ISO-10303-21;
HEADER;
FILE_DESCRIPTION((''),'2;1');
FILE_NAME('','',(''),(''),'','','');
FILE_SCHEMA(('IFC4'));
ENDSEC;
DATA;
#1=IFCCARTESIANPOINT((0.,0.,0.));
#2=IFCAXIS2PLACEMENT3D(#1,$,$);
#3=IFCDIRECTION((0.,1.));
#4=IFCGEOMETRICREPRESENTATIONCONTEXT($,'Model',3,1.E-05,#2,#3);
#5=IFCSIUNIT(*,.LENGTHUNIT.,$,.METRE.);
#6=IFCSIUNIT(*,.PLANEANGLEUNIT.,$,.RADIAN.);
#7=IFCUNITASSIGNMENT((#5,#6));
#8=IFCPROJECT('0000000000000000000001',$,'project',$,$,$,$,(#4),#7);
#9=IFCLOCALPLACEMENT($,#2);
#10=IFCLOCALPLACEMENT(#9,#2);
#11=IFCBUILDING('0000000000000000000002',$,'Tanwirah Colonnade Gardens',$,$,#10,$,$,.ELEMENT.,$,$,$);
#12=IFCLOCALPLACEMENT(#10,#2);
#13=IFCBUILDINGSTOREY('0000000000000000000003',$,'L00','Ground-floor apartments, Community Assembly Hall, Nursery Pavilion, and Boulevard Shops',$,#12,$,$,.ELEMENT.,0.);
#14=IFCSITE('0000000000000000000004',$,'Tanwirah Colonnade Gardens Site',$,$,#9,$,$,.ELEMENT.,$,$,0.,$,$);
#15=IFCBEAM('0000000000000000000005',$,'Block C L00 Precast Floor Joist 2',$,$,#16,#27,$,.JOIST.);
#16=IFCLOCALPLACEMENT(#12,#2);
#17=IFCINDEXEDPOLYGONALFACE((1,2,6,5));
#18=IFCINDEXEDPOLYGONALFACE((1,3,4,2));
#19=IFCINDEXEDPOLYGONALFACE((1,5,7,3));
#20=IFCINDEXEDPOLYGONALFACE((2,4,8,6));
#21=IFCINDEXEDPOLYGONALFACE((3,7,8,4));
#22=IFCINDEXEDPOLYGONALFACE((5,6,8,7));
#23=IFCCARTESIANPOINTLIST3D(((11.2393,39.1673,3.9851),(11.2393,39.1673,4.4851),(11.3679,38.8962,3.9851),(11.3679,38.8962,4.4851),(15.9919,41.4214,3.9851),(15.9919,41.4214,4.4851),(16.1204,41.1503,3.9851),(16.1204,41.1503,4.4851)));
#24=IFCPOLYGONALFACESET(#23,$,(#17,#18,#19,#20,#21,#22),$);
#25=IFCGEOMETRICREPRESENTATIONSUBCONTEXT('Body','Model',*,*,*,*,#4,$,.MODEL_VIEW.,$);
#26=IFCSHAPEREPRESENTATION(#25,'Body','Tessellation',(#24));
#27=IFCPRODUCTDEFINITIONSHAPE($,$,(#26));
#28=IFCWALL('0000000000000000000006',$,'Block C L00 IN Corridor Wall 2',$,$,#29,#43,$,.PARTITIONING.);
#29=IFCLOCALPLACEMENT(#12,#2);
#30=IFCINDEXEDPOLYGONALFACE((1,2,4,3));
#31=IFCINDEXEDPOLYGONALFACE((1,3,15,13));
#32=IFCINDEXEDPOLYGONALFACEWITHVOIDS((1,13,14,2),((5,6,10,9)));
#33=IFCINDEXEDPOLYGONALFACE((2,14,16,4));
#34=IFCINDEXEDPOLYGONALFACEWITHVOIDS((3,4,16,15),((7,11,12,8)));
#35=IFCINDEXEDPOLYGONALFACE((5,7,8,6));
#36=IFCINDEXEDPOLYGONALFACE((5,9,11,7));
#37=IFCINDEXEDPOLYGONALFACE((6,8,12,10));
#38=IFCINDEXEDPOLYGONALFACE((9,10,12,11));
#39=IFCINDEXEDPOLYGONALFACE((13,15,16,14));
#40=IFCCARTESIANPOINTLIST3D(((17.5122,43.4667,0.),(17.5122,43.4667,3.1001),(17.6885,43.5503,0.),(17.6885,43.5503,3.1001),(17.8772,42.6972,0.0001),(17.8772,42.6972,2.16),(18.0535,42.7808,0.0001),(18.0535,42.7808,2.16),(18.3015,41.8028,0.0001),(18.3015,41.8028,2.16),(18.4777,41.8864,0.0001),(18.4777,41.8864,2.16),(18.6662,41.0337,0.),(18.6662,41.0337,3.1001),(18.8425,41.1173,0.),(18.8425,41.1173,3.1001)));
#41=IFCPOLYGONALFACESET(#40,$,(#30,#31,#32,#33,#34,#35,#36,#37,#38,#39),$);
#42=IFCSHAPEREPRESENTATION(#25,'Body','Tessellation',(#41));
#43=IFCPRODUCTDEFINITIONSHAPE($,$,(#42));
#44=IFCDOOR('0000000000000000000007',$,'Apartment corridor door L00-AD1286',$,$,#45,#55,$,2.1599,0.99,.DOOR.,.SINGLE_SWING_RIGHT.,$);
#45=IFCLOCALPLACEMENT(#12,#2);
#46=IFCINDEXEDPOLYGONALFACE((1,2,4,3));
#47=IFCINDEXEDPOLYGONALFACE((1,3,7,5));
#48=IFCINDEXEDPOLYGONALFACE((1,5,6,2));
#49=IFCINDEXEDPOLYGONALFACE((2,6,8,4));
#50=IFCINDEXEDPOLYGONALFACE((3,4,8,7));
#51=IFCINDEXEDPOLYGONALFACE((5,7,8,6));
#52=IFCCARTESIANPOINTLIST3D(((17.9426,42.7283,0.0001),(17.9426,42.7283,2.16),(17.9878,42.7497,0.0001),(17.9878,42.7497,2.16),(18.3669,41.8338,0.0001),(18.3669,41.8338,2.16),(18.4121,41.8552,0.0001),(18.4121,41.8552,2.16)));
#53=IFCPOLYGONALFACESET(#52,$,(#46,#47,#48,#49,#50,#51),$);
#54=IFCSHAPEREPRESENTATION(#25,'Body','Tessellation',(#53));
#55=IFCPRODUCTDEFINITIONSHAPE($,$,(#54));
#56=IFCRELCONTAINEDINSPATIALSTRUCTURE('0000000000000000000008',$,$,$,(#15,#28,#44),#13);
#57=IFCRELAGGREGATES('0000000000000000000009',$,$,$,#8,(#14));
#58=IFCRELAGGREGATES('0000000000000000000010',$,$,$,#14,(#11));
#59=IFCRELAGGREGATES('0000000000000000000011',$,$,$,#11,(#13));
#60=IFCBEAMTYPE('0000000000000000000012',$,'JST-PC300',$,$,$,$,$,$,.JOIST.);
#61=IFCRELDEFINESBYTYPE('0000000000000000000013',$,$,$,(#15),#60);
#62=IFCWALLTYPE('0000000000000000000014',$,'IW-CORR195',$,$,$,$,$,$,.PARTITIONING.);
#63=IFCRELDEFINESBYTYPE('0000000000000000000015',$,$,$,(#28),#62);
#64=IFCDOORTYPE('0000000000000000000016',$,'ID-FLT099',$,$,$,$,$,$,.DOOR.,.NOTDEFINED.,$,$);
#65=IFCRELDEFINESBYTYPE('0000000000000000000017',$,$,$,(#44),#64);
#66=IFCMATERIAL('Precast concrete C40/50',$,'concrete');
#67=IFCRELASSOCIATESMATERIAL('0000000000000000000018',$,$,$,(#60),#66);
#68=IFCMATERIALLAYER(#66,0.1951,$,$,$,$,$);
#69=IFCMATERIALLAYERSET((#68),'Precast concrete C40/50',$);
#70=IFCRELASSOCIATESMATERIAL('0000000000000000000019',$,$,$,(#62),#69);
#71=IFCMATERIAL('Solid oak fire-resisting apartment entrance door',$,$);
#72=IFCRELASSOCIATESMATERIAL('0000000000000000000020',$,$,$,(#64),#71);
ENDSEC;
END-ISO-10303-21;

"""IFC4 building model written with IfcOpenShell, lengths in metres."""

from ifc_helpers import new_model, si_unit, direction, frame, frame_2d, origin, origin_2d, place, context, subcontext, project, spatial, rectangle, extrude, material, layer, layer_set, material_profile, profile_set, type_object, element, fill, save


model = new_model("IFC4")

# Units and contexts
model_context = context("Model", 3, precision=1e-05, world=origin(), true_north=direction((0.0, 1.0)))
body_context = subcontext(model_context, "Body", "Model", "MODEL_VIEW")
ifc_project = project(units=[si_unit("LENGTHUNIT", "METRE"), si_unit("PLANEANGLEUNIT", "RADIAN")], contexts=[model_context])

# Site, building, storey
site_placement = place(None, origin())
site = spatial("IfcSite", under=ifc_project, at=site_placement, Name="Tanwirah Colonnade Gardens Site", CompositionType="ELEMENT", RefElevation=0.0)
building_placement = place(site_placement, origin())
building = spatial("IfcBuilding", under=site, at=building_placement, Name="Tanwirah Colonnade Gardens", CompositionType="ELEMENT")
storey_placement = place(building_placement, origin())
storey = spatial("IfcBuildingStorey", under=building, at=storey_placement, Name="L00", Description="Ground-floor apartments, Community Assembly Hall, Nursery Pavilion, and Boulevard Shops", CompositionType="ELEMENT", Elevation=0.0)

# Beam
ifc_material_1 = material(Name="Precast concrete C40/50", Category="concrete")
ifc_material_profile_1 = material_profile(ifc_material_1, rectangle(XDim=0.3, YDim=0.5, at=origin_2d()), Name="PC-JST 300x500")
ifc_profile_set_1 = profile_set([ifc_material_profile_1], Name="Precast concrete C40/50")
beam_type_1 = type_object("IfcBeamType", Name="JST-PC300", PredefinedType="JOIST", material=ifc_profile_set_1)
beam_1_placement = place(storey_placement, frame((16.0562, 41.2859, 4.2351), z_axis=(-0.903518, -0.428551, 0.0), x_axis=(0.428551, -0.903518, 0.0)))
element("IfcBeam", 1, at=beam_1_placement, inside=storey, type_object=beam_type_1, Name="Block C L00 Precast Floor Joist 2", PredefinedType="JOIST", context=body_context, shape_type="SweptSolid", body=[
    extrude(rectangle(XDim=0.3, YDim=0.5, at=origin_2d()), origin(), (0.0, 0.0, 1.0), 5.26),
])

# Wall, opening, door
ifc_layer = layer(ifc_material_1, 0.1951)
ifc_layer_set = layer_set([ifc_layer], Name="Precast concrete C40/50")
wall_type = type_object("IfcWallType", Name="IW-CORR195", PredefinedType="PARTITIONING", material=ifc_layer_set)
ifc_material_2 = material(Name="Solid oak fire-resisting apartment entrance door")
wall_1_placement = place(storey_placement, frame((17.6003, 43.5085, 0.0), z_axis=(0.0, 0.0, 1.0), x_axis=(0.42855, -0.903518, 0.0)))
wall_1 = element("IfcWall", 2, at=wall_1_placement, inside=storey, type_object=wall_type, Name="Block C L00 IN Corridor Wall 2", PredefinedType="PARTITIONING", context=body_context, shape_type="SweptSolid", body=[
    extrude(rectangle(XDim=2.6929, YDim=0.1951, at=frame_2d((1.3464, 0.0))), origin(), (0.0, 0.0, 1.0), 3.1001),
])
opening_1_placement = place(wall_1_placement, frame((0.8516, 0.0, 0.0)))
opening_1 = element("IfcOpeningElement", 3, at=opening_1_placement, cuts=wall_1, PredefinedType="OPENING", context=body_context, shape_type="SweptSolid", body=[
    extrude(rectangle(XDim=0.99, YDim=2.1599, at=frame_2d((0.4951, 1.0801))), frame((0.0, 0.1074, 0.0), z_axis=(0.0, -1.0, 0.0), x_axis=(1.0, 0.0, 0.0)), (0.0, 0.0, 1.0), 0.2151),
])
door_type_1 = type_object("IfcDoorType", Name="ID-FLT099", OperationType="NOTDEFINED", PredefinedType="DOOR", material=ifc_material_2)
door_1_placement = place(opening_1_placement, origin())
door_1 = element("IfcDoor", 4, at=door_1_placement, inside=storey, type_object=door_type_1, Name="Apartment corridor door L00-AD1286", OperationType="SINGLE_SWING_RIGHT", OverallHeight=2.1599, OverallWidth=0.99, PredefinedType="DOOR", context=body_context, shape_type="SweptSolid", body=[
    extrude(rectangle(XDim=0.99, YDim=2.1599, at=frame_2d((0.4951, 1.0801))), frame((0.0, 0.0249, 0.0), z_axis=(0.0, -1.0, 0.0), x_axis=(1.0, 0.0, 0.0)), (0.0, 0.0, 1.0), 0.05),
])
fill(opening_1, door_1)

save(model, "model.ifc")
